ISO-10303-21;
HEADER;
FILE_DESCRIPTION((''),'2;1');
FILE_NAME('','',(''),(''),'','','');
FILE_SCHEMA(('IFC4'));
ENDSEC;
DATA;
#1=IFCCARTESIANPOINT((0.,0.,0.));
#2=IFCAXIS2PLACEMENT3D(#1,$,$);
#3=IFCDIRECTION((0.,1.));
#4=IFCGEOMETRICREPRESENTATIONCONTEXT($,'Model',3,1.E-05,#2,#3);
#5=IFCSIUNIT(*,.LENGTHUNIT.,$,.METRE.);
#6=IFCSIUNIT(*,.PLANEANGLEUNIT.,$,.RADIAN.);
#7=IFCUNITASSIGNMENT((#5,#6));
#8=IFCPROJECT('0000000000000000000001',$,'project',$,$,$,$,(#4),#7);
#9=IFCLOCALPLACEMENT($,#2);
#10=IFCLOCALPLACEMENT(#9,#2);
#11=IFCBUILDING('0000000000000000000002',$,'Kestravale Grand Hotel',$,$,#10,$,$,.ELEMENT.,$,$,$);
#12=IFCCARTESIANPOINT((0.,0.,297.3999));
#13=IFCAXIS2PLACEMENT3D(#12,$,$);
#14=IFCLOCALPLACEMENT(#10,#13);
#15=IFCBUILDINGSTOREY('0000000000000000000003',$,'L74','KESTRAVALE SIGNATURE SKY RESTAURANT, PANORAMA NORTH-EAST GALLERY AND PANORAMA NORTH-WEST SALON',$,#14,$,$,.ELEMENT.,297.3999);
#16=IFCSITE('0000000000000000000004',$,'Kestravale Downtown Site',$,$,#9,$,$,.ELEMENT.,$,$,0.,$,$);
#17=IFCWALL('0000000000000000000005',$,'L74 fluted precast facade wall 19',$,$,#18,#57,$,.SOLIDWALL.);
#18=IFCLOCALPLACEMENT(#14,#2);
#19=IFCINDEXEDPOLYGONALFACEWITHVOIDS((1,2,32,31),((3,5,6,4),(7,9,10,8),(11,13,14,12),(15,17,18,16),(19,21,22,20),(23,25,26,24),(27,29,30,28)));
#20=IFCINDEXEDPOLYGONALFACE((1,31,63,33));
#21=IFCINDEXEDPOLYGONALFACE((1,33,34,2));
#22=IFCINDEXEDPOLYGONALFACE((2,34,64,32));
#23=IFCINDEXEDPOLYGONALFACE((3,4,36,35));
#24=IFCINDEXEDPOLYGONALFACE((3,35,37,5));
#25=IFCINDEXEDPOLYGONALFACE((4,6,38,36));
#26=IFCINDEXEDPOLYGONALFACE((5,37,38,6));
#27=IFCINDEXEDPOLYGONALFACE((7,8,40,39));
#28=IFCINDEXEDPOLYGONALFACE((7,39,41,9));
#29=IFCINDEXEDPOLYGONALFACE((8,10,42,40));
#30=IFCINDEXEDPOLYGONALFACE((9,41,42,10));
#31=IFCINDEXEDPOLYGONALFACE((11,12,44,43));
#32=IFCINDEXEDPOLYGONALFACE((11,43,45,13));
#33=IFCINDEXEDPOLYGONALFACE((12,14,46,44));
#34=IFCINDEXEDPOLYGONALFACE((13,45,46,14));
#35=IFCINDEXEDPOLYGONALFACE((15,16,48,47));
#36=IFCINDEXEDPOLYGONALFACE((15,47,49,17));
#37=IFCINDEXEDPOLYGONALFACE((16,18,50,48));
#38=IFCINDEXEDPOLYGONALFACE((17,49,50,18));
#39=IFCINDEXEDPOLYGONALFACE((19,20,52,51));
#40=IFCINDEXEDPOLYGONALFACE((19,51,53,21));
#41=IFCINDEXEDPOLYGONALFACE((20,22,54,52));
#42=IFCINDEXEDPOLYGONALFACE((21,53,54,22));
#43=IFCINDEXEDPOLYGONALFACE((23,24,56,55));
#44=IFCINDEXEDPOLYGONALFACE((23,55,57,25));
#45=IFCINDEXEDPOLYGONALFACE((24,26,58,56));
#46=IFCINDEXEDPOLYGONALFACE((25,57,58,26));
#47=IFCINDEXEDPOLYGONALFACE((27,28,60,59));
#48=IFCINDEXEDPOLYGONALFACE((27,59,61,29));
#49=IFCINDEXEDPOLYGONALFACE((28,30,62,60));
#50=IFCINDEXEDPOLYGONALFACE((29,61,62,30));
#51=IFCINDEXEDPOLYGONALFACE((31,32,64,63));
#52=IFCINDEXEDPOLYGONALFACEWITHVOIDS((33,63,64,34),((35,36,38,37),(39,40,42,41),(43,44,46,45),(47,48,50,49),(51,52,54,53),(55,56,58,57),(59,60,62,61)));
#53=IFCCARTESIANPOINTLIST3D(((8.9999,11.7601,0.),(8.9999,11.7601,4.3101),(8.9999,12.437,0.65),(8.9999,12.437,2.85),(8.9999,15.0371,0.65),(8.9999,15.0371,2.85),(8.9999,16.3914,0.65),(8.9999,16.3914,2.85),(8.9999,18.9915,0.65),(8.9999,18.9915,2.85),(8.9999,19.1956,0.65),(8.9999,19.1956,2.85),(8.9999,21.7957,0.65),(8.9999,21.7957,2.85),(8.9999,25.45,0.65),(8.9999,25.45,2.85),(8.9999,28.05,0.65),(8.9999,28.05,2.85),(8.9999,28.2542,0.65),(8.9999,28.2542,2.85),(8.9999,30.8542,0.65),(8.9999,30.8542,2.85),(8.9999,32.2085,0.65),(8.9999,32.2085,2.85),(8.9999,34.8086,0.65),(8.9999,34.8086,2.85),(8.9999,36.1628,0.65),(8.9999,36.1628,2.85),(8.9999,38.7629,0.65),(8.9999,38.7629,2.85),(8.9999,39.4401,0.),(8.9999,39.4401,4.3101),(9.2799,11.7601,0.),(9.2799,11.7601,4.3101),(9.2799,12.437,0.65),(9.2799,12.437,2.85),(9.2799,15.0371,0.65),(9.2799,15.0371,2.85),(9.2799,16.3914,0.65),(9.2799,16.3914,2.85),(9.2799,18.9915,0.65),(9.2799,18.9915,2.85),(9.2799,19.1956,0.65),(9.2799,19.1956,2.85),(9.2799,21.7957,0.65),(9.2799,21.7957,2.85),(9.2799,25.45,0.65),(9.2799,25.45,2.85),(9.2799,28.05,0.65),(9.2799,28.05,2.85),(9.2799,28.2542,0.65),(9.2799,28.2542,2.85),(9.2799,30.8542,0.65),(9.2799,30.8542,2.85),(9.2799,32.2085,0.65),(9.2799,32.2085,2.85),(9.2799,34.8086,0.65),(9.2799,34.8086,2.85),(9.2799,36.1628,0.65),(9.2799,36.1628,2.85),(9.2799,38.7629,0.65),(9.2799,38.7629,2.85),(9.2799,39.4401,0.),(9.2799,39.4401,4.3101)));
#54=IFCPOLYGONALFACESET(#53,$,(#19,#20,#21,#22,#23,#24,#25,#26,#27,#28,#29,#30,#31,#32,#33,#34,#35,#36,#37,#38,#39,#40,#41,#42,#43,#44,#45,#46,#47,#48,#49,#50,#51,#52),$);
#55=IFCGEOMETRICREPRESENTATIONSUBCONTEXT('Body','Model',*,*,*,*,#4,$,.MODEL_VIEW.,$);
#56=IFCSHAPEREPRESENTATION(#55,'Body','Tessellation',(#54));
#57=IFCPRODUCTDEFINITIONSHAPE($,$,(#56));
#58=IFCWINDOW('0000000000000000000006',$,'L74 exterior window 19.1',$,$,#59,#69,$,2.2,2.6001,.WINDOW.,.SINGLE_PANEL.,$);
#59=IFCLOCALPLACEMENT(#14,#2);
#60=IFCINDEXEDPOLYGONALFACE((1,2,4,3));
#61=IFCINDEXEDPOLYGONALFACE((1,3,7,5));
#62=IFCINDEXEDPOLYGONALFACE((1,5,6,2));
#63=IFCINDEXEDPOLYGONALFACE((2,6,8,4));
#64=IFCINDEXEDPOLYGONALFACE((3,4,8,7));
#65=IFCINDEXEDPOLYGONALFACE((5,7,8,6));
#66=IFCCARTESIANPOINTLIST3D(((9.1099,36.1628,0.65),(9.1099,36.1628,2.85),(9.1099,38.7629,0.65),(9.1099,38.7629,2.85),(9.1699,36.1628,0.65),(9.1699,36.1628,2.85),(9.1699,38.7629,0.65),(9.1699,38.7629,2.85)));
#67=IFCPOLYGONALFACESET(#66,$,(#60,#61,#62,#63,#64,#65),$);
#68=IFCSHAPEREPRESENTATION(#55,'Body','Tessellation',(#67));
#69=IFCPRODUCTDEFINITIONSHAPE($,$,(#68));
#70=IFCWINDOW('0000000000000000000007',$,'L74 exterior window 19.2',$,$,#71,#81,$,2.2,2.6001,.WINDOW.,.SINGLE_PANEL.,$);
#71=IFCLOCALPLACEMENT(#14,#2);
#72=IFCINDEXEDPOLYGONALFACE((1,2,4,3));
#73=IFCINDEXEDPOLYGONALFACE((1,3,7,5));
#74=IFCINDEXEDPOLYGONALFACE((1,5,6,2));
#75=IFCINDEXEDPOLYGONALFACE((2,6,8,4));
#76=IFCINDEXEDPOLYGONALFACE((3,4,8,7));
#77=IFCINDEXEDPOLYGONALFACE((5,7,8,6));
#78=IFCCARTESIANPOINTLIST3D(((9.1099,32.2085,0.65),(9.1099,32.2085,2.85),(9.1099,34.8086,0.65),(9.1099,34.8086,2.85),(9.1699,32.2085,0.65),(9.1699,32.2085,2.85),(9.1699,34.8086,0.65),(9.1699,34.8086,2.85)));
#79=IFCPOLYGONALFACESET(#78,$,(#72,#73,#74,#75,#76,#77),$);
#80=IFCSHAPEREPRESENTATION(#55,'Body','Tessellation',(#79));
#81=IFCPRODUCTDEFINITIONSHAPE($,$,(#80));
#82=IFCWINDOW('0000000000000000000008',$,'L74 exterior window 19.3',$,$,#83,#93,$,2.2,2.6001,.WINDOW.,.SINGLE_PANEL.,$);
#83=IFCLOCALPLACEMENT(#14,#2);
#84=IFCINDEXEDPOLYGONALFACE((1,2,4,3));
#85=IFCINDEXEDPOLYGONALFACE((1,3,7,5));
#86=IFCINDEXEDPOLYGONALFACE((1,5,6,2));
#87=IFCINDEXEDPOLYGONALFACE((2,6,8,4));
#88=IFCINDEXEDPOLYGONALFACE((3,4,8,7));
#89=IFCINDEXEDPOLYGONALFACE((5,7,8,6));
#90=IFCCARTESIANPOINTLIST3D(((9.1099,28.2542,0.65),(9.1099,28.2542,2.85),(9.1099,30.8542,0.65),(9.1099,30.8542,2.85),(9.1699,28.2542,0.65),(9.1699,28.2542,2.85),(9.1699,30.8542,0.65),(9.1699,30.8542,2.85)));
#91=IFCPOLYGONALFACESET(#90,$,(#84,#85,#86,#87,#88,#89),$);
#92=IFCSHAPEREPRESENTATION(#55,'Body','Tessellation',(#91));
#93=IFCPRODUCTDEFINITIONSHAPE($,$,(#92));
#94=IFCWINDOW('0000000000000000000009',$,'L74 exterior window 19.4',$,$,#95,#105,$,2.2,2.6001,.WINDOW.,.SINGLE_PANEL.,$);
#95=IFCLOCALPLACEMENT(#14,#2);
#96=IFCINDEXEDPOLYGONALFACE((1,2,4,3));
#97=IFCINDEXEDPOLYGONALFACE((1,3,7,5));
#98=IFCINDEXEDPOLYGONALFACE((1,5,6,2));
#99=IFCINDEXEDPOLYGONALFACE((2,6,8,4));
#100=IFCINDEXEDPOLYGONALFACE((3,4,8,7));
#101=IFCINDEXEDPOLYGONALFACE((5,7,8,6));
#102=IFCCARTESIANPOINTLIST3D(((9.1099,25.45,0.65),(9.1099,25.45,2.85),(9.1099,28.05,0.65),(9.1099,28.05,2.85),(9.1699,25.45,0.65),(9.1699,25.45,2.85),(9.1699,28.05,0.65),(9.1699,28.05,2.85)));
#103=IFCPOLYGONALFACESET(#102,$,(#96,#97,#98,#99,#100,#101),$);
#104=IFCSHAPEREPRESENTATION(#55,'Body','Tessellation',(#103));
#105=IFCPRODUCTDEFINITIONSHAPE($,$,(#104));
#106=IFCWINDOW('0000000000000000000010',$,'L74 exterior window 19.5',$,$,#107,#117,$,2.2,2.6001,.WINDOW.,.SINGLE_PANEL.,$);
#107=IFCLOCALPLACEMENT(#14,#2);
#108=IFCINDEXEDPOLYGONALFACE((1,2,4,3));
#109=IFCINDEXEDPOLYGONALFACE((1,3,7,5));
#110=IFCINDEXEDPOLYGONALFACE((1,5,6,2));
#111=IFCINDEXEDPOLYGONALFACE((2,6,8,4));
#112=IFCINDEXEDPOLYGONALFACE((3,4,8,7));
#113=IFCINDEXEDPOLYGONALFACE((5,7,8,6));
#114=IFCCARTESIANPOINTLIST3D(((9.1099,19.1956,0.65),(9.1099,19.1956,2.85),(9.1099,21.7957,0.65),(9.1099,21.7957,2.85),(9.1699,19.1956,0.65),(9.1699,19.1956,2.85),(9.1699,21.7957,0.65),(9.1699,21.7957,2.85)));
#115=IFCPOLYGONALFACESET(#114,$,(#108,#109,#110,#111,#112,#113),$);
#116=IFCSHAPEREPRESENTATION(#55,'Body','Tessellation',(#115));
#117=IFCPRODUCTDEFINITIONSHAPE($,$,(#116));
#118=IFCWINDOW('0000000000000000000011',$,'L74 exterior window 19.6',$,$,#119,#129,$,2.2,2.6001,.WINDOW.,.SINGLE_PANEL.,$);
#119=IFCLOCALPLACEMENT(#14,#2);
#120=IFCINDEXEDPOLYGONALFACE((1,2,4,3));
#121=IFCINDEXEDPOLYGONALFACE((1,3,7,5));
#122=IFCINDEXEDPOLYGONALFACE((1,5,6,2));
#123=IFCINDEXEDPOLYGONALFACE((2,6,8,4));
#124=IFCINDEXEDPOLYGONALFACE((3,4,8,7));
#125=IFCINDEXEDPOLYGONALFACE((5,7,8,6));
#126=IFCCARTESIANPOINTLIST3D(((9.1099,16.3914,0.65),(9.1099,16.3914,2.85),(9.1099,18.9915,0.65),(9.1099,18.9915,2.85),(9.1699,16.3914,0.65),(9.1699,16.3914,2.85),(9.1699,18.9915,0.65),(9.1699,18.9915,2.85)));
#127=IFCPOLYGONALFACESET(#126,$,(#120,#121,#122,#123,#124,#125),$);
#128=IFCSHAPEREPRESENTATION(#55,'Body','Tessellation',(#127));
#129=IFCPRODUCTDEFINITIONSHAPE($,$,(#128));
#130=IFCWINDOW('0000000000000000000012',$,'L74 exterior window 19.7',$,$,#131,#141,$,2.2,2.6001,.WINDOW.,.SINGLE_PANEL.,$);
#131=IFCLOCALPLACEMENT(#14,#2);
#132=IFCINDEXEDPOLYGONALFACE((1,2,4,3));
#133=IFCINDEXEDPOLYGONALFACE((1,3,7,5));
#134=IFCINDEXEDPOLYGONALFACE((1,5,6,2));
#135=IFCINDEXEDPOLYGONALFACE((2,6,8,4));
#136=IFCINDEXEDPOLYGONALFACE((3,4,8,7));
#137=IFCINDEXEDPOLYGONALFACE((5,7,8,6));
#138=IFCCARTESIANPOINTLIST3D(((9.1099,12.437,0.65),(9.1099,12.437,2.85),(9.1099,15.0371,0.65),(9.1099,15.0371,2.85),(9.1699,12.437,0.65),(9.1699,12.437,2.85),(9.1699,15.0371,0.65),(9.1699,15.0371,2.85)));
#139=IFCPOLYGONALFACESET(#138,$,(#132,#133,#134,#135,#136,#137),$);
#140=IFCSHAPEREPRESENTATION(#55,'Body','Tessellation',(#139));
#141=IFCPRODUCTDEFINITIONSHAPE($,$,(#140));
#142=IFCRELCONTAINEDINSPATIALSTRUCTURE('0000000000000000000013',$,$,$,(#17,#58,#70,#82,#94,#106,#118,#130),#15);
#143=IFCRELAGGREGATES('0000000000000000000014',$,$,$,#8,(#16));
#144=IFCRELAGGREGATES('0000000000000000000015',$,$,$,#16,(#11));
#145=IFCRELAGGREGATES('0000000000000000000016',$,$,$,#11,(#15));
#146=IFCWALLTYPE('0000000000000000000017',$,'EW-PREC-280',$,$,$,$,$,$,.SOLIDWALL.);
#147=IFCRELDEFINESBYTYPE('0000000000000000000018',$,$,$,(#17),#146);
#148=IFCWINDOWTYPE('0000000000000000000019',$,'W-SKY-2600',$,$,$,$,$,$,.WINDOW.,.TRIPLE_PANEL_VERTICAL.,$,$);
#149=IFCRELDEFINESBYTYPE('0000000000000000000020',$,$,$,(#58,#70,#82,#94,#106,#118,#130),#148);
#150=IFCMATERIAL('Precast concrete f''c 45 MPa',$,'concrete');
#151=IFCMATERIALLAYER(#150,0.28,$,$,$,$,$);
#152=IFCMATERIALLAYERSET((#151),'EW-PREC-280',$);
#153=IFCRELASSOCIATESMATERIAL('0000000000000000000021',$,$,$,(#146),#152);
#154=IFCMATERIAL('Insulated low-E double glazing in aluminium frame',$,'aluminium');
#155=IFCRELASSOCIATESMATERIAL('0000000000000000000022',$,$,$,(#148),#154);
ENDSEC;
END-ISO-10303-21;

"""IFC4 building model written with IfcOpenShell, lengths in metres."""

from ifc_helpers import new_model, si_unit, direction, frame, frame_2d, origin, place, context, subcontext, project, spatial, rectangle, extrude, material, layer, layer_set, type_object, element, fill, save


model = new_model("IFC4")

# Units and contexts
model_context = context("Model", 3, precision=1e-05, world=origin(), true_north=direction((0.0, 1.0)))
body_context = subcontext(model_context, "Body", "Model", "MODEL_VIEW")
ifc_project = project(units=[si_unit("LENGTHUNIT", "METRE"), si_unit("PLANEANGLEUNIT", "RADIAN")], contexts=[model_context])

# Site, building, storey
site_placement = place(None, origin())
site = spatial("IfcSite", under=ifc_project, at=site_placement, Name="Kestravale Downtown Site", CompositionType="ELEMENT", RefElevation=0.0)
building_placement = place(site_placement, origin())
building = spatial("IfcBuilding", under=site, at=building_placement, Name="Kestravale Grand Hotel", CompositionType="ELEMENT")
storey_placement = place(building_placement, frame((0.0, 0.0, 297.3999)))
storey = spatial("IfcBuildingStorey", under=building, at=storey_placement, Name="L74", Description="KESTRAVALE SIGNATURE SKY RESTAURANT, PANORAMA NORTH-EAST GALLERY AND PANORAMA NORTH-WEST SALON", CompositionType="ELEMENT", Elevation=297.3999)

# Shared definitions
ifc_material_1 = material(Name="Precast concrete f'c 45 MPa", Category="concrete")
ifc_layer_1 = layer(ifc_material_1, 0.28)
ifc_layer_set_1 = layer_set([ifc_layer_1], Name="EW-PREC-280")
wall_type_1 = type_object("IfcWallType", Name="EW-PREC-280", PredefinedType="SOLIDWALL", material=ifc_layer_set_1)

# Wall, openings, windows
wall_1_placement = place(storey_placement, frame((9.1399, 39.4399, 0.0), z_axis=(0.0, 0.0, 1.0), x_axis=(0.0, -1.0, 0.0)))
wall_1 = element("IfcWall", 1, at=wall_1_placement, inside=storey, type_object=wall_type_1, Name="L74 fluted precast facade wall 19", PredefinedType="SOLIDWALL", context=body_context, shape_type="SweptSolid", body=[
    extrude(rectangle(XDim=27.6799, YDim=0.28, at=frame_2d((13.8398, 0.0))), origin(), (0.0, 0.0, 1.0), 4.3101),
])
opening_1_placement = place(wall_1_placement, frame((0.677, 0.0, 0.6499)))
opening_1 = element("IfcOpeningElement", 2, at=opening_1_placement, cuts=wall_1, PredefinedType="OPENING", context=body_context, shape_type="SweptSolid", body=[
    extrude(rectangle(XDim=2.6001, YDim=2.2, at=frame_2d((1.3, 1.1001))), frame((0.0, 0.1499, 0.0), z_axis=(0.0, -1.0, 0.0), x_axis=(1.0, 0.0, 0.0)), (0.0, 0.0, 1.0), 0.3),
])
opening_2_placement = place(wall_1_placement, frame((4.6313, 0.0, 0.6499)))
opening_2 = element("IfcOpeningElement", 3, at=opening_2_placement, cuts=wall_1, PredefinedType="OPENING", context=body_context, shape_type="SweptSolid", body=[
    extrude(rectangle(XDim=2.6001, YDim=2.2, at=frame_2d((1.3, 1.1001))), frame((0.0, 0.1499, 0.0), z_axis=(0.0, -1.0, 0.0), x_axis=(1.0, 0.0, 0.0)), (0.0, 0.0, 1.0), 0.3),
])
opening_3_placement = place(wall_1_placement, frame((8.5857, 0.0, 0.6499)))
opening_3 = element("IfcOpeningElement", 4, at=opening_3_placement, cuts=wall_1, PredefinedType="OPENING", context=body_context, shape_type="SweptSolid", body=[
    extrude(rectangle(XDim=2.6001, YDim=2.2, at=frame_2d((1.3, 1.1001))), frame((0.0, 0.1499, 0.0), z_axis=(0.0, -1.0, 0.0), x_axis=(1.0, 0.0, 0.0)), (0.0, 0.0, 1.0), 0.3),
])
opening_4_placement = place(wall_1_placement, frame((11.3899, 0.0, 0.6499)))
opening_4 = element("IfcOpeningElement", 5, at=opening_4_placement, cuts=wall_1, PredefinedType="OPENING", context=body_context, shape_type="SweptSolid", body=[
    extrude(rectangle(XDim=2.6001, YDim=2.2, at=frame_2d((1.3, 1.1001))), frame((0.0, 0.1499, 0.0), z_axis=(0.0, -1.0, 0.0), x_axis=(1.0, 0.0, 0.0)), (0.0, 0.0, 1.0), 0.3),
])
opening_5_placement = place(wall_1_placement, frame((17.6443, 0.0, 0.6499)))
opening_5 = element("IfcOpeningElement", 6, at=opening_5_placement, cuts=wall_1, PredefinedType="OPENING", context=body_context, shape_type="SweptSolid", body=[
    extrude(rectangle(XDim=2.6001, YDim=2.2, at=frame_2d((1.3, 1.1001))), frame((0.0, 0.1499, 0.0), z_axis=(0.0, -1.0, 0.0), x_axis=(1.0, 0.0, 0.0)), (0.0, 0.0, 1.0), 0.3),
])
opening_6_placement = place(wall_1_placement, frame((20.4485, 0.0, 0.6499)))
opening_6 = element("IfcOpeningElement", 7, at=opening_6_placement, cuts=wall_1, PredefinedType="OPENING", context=body_context, shape_type="SweptSolid", body=[
    extrude(rectangle(XDim=2.6001, YDim=2.2, at=frame_2d((1.3, 1.1001))), frame((0.0, 0.1499, 0.0), z_axis=(0.0, -1.0, 0.0), x_axis=(1.0, 0.0, 0.0)), (0.0, 0.0, 1.0), 0.3),
])
opening_7_placement = place(wall_1_placement, frame((24.4028, 0.0, 0.6499)))
opening_7 = element("IfcOpeningElement", 8, at=opening_7_placement, cuts=wall_1, PredefinedType="OPENING", context=body_context, shape_type="SweptSolid", body=[
    extrude(rectangle(XDim=2.6001, YDim=2.2, at=frame_2d((1.3, 1.1001))), frame((0.0, 0.1499, 0.0), z_axis=(0.0, -1.0, 0.0), x_axis=(1.0, 0.0, 0.0)), (0.0, 0.0, 1.0), 0.3),
])
ifc_material_2 = material(Name="Insulated low-E double glazing in aluminium frame", Category="aluminium")
window_type = type_object("IfcWindowType", Name="W-SKY-2600", PartitioningType="TRIPLE_PANEL_VERTICAL", PredefinedType="WINDOW", material=ifc_material_2)
window_1_placement = place(opening_1_placement, origin())
window_1 = element("IfcWindow", 9, at=window_1_placement, inside=storey, type_object=window_type, Name="L74 exterior window 19.1", OverallHeight=2.2, OverallWidth=2.6001, PartitioningType="SINGLE_PANEL", PredefinedType="WINDOW", context=body_context, shape_type="SweptSolid", body=[
    extrude(rectangle(XDim=2.6001, YDim=2.2, at=frame_2d((1.3, 1.1001))), frame((0.0, 0.03, 0.0), z_axis=(0.0, -1.0, 0.0), x_axis=(1.0, 0.0, 0.0)), (0.0, 0.0, 1.0), 0.0601),
])
fill(opening_1, window_1)
window_2_placement = place(opening_2_placement, origin())
window_2 = element("IfcWindow", 10, at=window_2_placement, inside=storey, type_object=window_type, Name="L74 exterior window 19.2", OverallHeight=2.2, OverallWidth=2.6001, PartitioningType="SINGLE_PANEL", PredefinedType="WINDOW", context=body_context, shape_type="SweptSolid", body=[
    extrude(rectangle(XDim=2.6001, YDim=2.2, at=frame_2d((1.3, 1.1001))), frame((0.0, 0.03, 0.0), z_axis=(0.0, -1.0, 0.0), x_axis=(1.0, 0.0, 0.0)), (0.0, 0.0, 1.0), 0.0601),
])
fill(opening_2, window_2)
window_3_placement = place(opening_3_placement, origin())
window_3 = element("IfcWindow", 11, at=window_3_placement, inside=storey, type_object=window_type, Name="L74 exterior window 19.3", OverallHeight=2.2, OverallWidth=2.6001, PartitioningType="SINGLE_PANEL", PredefinedType="WINDOW", context=body_context, shape_type="SweptSolid", body=[
    extrude(rectangle(XDim=2.6001, YDim=2.2, at=frame_2d((1.3, 1.1001))), frame((0.0, 0.03, 0.0), z_axis=(0.0, -1.0, 0.0), x_axis=(1.0, 0.0, 0.0)), (0.0, 0.0, 1.0), 0.0601),
])
fill(opening_3, window_3)
window_4_placement = place(opening_4_placement, origin())
window_4 = element("IfcWindow", 12, at=window_4_placement, inside=storey, type_object=window_type, Name="L74 exterior window 19.4", OverallHeight=2.2, OverallWidth=2.6001, PartitioningType="SINGLE_PANEL", PredefinedType="WINDOW", context=body_context, shape_type="SweptSolid", body=[
    extrude(rectangle(XDim=2.6001, YDim=2.2, at=frame_2d((1.3, 1.1001))), frame((0.0, 0.03, 0.0), z_axis=(0.0, -1.0, 0.0), x_axis=(1.0, 0.0, 0.0)), (0.0, 0.0, 1.0), 0.0601),
])
fill(opening_4, window_4)
window_5_placement = place(opening_5_placement, origin())
window_5 = element("IfcWindow", 13, at=window_5_placement, inside=storey, type_object=window_type, Name="L74 exterior window 19.5", OverallHeight=2.2, OverallWidth=2.6001, PartitioningType="SINGLE_PANEL", PredefinedType="WINDOW", context=body_context, shape_type="SweptSolid", body=[
    extrude(rectangle(XDim=2.6001, YDim=2.2, at=frame_2d((1.3, 1.1001))), frame((0.0, 0.03, 0.0), z_axis=(0.0, -1.0, 0.0), x_axis=(1.0, 0.0, 0.0)), (0.0, 0.0, 1.0), 0.0601),
])
fill(opening_5, window_5)
window_6_placement = place(opening_6_placement, origin())
window_6 = element("IfcWindow", 14, at=window_6_placement, inside=storey, type_object=window_type, Name="L74 exterior window 19.6", OverallHeight=2.2, OverallWidth=2.6001, PartitioningType="SINGLE_PANEL", PredefinedType="WINDOW", context=body_context, shape_type="SweptSolid", body=[
    extrude(rectangle(XDim=2.6001, YDim=2.2, at=frame_2d((1.3, 1.1001))), frame((0.0, 0.03, 0.0), z_axis=(0.0, -1.0, 0.0), x_axis=(1.0, 0.0, 0.0)), (0.0, 0.0, 1.0), 0.0601),
])
fill(opening_6, window_6)
window_7_placement = place(opening_7_placement, origin())
window_7 = element("IfcWindow", 15, at=window_7_placement, inside=storey, type_object=window_type, Name="L74 exterior window 19.7", OverallHeight=2.2, OverallWidth=2.6001, PartitioningType="SINGLE_PANEL", PredefinedType="WINDOW", context=body_context, shape_type="SweptSolid", body=[
    extrude(rectangle(XDim=2.6001, YDim=2.2, at=frame_2d((1.3, 1.1001))), frame((0.0, 0.03, 0.0), z_axis=(0.0, -1.0, 0.0), x_axis=(1.0, 0.0, 0.0)), (0.0, 0.0, 1.0), 0.0601),
])
fill(opening_7, window_7)

save(model, "model.ifc")
